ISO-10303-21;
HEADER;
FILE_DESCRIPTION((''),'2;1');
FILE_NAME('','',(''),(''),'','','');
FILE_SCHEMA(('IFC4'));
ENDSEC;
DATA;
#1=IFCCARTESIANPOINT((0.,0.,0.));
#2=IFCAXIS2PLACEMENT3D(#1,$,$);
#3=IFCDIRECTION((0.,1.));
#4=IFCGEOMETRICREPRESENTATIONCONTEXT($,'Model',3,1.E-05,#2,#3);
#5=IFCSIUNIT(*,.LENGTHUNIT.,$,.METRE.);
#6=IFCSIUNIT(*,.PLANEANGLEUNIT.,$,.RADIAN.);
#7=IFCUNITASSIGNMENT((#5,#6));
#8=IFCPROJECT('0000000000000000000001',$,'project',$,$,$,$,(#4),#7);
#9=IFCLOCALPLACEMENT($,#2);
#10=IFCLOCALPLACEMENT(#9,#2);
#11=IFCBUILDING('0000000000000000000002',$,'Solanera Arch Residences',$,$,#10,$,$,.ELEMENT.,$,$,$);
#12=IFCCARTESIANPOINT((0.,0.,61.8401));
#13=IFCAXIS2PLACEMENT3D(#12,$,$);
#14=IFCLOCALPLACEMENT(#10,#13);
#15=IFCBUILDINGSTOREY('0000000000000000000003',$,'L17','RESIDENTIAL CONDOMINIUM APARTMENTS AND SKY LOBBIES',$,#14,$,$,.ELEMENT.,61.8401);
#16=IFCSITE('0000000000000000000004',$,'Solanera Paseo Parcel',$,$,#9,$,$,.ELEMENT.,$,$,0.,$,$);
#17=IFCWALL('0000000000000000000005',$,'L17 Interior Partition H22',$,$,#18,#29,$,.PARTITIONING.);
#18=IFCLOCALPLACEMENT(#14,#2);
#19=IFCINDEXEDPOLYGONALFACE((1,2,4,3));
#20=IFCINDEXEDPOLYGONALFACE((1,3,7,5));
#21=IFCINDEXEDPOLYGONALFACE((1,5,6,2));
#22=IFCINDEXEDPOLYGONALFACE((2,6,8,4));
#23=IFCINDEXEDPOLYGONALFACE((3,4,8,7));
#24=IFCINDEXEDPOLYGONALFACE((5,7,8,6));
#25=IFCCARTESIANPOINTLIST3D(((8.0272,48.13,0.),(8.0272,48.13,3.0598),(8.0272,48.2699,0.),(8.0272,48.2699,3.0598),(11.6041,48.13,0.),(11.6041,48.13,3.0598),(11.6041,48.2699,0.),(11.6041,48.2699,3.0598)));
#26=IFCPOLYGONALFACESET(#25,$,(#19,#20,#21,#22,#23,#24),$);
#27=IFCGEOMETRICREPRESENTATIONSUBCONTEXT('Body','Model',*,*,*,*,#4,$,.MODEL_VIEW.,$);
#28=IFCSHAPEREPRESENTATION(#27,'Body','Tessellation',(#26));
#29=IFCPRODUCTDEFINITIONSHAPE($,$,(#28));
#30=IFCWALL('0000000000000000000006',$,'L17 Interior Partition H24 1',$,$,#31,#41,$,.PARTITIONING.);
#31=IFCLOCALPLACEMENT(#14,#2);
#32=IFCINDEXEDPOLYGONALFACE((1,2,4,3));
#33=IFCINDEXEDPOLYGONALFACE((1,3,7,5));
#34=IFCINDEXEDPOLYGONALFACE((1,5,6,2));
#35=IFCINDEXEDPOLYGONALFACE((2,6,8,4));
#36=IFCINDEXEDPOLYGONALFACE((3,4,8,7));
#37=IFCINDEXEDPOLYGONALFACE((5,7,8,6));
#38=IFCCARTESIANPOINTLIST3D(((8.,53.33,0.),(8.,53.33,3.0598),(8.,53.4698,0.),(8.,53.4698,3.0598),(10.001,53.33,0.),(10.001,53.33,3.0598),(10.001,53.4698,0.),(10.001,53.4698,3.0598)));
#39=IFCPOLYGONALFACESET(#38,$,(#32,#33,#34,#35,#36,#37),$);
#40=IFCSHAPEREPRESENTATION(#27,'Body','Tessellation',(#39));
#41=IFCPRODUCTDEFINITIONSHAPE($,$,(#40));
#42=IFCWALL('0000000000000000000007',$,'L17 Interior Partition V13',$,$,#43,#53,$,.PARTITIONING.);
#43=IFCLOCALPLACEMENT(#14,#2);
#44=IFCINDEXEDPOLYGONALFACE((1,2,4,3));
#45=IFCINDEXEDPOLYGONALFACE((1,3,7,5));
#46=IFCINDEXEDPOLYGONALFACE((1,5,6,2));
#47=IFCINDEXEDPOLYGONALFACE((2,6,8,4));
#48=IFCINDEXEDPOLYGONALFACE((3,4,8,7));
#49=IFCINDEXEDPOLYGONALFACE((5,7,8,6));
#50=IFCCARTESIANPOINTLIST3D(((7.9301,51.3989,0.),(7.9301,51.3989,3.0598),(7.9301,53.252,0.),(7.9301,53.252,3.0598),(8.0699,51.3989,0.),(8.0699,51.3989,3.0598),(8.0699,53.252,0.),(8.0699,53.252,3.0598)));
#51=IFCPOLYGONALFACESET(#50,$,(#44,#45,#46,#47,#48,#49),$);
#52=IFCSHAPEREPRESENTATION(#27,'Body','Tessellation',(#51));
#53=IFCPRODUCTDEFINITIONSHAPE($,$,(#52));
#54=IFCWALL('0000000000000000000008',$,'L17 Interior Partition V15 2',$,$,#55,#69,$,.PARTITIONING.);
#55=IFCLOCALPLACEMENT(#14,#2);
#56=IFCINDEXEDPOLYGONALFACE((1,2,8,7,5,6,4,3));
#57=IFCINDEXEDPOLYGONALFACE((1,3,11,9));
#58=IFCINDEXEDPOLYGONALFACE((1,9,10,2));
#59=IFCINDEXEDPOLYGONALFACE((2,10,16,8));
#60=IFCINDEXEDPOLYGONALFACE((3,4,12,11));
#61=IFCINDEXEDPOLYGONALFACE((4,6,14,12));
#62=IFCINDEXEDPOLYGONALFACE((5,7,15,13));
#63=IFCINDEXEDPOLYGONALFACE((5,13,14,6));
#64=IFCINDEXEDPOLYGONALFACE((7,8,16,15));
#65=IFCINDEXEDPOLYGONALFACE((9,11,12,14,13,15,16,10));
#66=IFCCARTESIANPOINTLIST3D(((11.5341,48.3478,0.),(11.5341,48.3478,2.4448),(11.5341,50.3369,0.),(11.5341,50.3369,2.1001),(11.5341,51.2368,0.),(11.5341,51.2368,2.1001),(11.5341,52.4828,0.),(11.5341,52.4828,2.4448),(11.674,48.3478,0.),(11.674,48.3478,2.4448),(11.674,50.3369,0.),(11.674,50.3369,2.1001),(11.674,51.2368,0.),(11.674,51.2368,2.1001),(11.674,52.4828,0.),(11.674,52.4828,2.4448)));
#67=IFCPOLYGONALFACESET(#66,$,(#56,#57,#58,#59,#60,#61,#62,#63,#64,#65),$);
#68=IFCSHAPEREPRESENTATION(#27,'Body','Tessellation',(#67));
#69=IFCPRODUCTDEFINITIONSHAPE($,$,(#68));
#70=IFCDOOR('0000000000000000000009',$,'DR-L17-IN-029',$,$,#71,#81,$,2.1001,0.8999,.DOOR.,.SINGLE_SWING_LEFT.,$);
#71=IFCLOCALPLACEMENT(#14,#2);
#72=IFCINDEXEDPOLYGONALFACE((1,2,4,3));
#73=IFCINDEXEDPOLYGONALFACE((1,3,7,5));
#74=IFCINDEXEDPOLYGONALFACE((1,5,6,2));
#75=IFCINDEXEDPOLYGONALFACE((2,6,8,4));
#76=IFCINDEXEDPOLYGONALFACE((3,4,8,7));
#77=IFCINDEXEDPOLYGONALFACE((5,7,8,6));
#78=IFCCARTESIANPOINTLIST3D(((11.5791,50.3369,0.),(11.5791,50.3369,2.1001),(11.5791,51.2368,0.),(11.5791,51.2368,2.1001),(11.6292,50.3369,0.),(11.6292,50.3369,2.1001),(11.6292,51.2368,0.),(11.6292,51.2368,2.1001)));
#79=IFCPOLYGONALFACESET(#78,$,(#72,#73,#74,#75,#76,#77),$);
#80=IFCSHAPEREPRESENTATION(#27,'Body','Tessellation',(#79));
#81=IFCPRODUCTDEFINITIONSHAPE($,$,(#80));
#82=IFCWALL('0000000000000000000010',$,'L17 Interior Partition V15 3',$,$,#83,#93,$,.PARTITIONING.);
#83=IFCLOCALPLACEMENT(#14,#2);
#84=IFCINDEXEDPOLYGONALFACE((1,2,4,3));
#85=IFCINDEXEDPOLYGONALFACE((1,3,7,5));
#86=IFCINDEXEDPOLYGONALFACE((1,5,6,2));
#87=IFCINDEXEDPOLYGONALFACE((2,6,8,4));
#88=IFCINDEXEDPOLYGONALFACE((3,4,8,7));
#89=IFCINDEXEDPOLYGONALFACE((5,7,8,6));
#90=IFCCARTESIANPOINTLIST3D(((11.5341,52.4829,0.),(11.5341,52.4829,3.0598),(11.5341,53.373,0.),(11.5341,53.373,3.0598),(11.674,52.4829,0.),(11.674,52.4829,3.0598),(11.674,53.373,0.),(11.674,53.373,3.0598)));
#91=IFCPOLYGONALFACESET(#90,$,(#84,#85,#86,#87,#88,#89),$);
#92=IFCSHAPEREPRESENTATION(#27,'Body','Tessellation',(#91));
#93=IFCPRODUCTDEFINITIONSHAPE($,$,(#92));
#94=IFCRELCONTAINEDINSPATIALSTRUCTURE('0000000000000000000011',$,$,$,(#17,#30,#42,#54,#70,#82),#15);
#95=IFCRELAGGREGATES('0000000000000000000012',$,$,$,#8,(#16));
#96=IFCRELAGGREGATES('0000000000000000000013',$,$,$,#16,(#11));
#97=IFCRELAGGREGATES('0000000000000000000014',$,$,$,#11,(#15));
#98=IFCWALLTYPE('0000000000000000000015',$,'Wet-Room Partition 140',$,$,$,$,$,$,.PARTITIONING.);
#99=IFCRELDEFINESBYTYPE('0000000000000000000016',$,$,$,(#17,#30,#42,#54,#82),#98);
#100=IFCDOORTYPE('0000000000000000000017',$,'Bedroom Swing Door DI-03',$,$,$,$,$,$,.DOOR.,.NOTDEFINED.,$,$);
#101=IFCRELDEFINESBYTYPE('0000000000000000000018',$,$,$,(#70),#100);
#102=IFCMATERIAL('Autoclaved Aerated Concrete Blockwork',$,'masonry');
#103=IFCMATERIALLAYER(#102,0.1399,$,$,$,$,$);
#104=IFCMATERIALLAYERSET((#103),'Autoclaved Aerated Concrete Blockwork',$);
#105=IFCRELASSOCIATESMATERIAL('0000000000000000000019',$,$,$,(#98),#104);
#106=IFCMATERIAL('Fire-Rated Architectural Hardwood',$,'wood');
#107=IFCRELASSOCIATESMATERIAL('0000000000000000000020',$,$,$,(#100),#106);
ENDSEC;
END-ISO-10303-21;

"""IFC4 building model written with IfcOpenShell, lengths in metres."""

from ifc_helpers import new_model, si_unit, direction, frame, frame_2d, origin, place, context, subcontext, project, spatial, rectangle, extrude, material, layer, layer_set, type_object, element, fill, save


model = new_model("IFC4")

# Units and contexts
model_context = context("Model", 3, precision=1e-05, world=origin(), true_north=direction((0.0, 1.0)))
body_context = subcontext(model_context, "Body", "Model", "MODEL_VIEW")
ifc_project = project(units=[si_unit("LENGTHUNIT", "METRE"), si_unit("PLANEANGLEUNIT", "RADIAN")], contexts=[model_context])

# Site, building, storey
site_placement = place(None, origin())
site = spatial("IfcSite", under=ifc_project, at=site_placement, Name="Solanera Paseo Parcel", CompositionType="ELEMENT", RefElevation=0.0)
building_placement = place(site_placement, origin())
building = spatial("IfcBuilding", under=site, at=building_placement, Name="Solanera Arch Residences", CompositionType="ELEMENT")
storey_placement = place(building_placement, frame((0.0, 0.0, 61.8401)))
storey = spatial("IfcBuildingStorey", under=building, at=storey_placement, Name="L17", Description="RESIDENTIAL CONDOMINIUM APARTMENTS AND SKY LOBBIES", CompositionType="ELEMENT", Elevation=61.8401)

# Walls
ifc_material_1 = material(Name="Autoclaved Aerated Concrete Blockwork", Category="masonry")
ifc_layer_1 = layer(ifc_material_1, 0.1399)
ifc_layer_set_1 = layer_set([ifc_layer_1], Name="Autoclaved Aerated Concrete Blockwork")
wall_type_1 = type_object("IfcWallType", Name="Wet-Room Partition 140", PredefinedType="PARTITIONING", material=ifc_layer_set_1)
wall_1_placement = place(storey_placement, frame((8.0271, 48.2, 0.0), z_axis=(0.0, 0.0, 1.0), x_axis=(1.0, 0.0, 0.0)))
element("IfcWall", 1, at=wall_1_placement, inside=storey, type_object=wall_type_1, Name="L17 Interior Partition H22", PredefinedType="PARTITIONING", context=body_context, shape_type="SweptSolid", body=[
    extrude(rectangle(XDim=3.5769, YDim=0.1399, at=frame_2d((1.7886, 0.0))), origin(), (0.0, 0.0, 1.0), 3.0598),
])
wall_2_placement = place(storey_placement, frame((8.0, 53.3999, 0.0), z_axis=(0.0, 0.0, 1.0), x_axis=(1.0, 0.0, 0.0)))
element("IfcWall", 2, at=wall_2_placement, inside=storey, type_object=wall_type_1, Name="L17 Interior Partition H24 1", PredefinedType="PARTITIONING", context=body_context, shape_type="SweptSolid", body=[
    extrude(rectangle(XDim=2.001, YDim=0.1399, at=frame_2d((1.0005, 0.0))), origin(), (0.0, 0.0, 1.0), 3.0598),
])
wall_3_placement = place(storey_placement, frame((8.0, 51.3989, 0.0), z_axis=(0.0, 0.0, 1.0), x_axis=(0.0, 1.0, 0.0)))
element("IfcWall", 3, at=wall_3_placement, inside=storey, type_object=wall_type_1, Name="L17 Interior Partition V13", PredefinedType="PARTITIONING", context=body_context, shape_type="SweptSolid", body=[
    extrude(rectangle(XDim=1.853, YDim=0.1399, at=frame_2d((0.9265, 0.0))), origin(), (0.0, 0.0, 1.0), 3.0598),
])

# Wall, opening, door
wall_4_placement = place(storey_placement, frame((11.604, 48.3479, 0.0), z_axis=(0.0, 0.0, 1.0), x_axis=(0.0, 1.0, 0.0)))
wall_4 = element("IfcWall", 4, at=wall_4_placement, inside=storey, type_object=wall_type_1, Name="L17 Interior Partition V15 2", PredefinedType="PARTITIONING", context=body_context, shape_type="SweptSolid", body=[
    extrude(rectangle(XDim=4.135, YDim=0.1399, at=frame_2d((2.0674, 0.0))), origin(), (0.0, 0.0, 1.0), 2.4448),
])
opening_1_placement = place(wall_4_placement, frame((1.989, 0.0, 0.0)))
opening_1 = element("IfcOpeningElement", 5, at=opening_1_placement, cuts=wall_4, PredefinedType="OPENING", context=body_context, shape_type="SweptSolid", body=[
    extrude(rectangle(XDim=0.8999, YDim=2.1001, at=frame_2d((0.45, 1.05))), frame((0.0, 0.0798, 0.0), z_axis=(0.0, -1.0, 0.0), x_axis=(1.0, 0.0, 0.0)), (0.0, 0.0, 1.0), 0.1599),
])
ifc_material_2 = material(Name="Fire-Rated Architectural Hardwood", Category="wood")
door_type_1 = type_object("IfcDoorType", Name="Bedroom Swing Door DI-03", OperationType="NOTDEFINED", PredefinedType="DOOR", material=ifc_material_2)
door_1_placement = place(opening_1_placement, origin())
door_1 = element("IfcDoor", 6, at=door_1_placement, inside=storey, type_object=door_type_1, Name="DR-L17-IN-029", OperationType="SINGLE_SWING_LEFT", OverallHeight=2.1001, OverallWidth=0.8999, PredefinedType="DOOR", context=body_context, shape_type="SweptSolid", body=[
    extrude(rectangle(XDim=0.8999, YDim=2.1001, at=frame_2d((0.45, 1.05))), frame((0.0, 0.0249, 0.0), z_axis=(0.0, -1.0, 0.0), x_axis=(1.0, 0.0, 0.0)), (0.0, 0.0, 1.0), 0.05),
])
fill(opening_1, door_1)

# Wall
wall_5_placement = place(storey_placement, frame((11.604, 52.4829, 0.0), z_axis=(0.0, 0.0, 1.0), x_axis=(0.0, 1.0, 0.0)))
element("IfcWall", 7, at=wall_5_placement, inside=storey, type_object=wall_type_1, Name="L17 Interior Partition V15 3", PredefinedType="PARTITIONING", context=body_context, shape_type="SweptSolid", body=[
    extrude(rectangle(XDim=0.8901, YDim=0.1399, at=frame_2d((0.4451, 0.0))), origin(), (0.0, 0.0, 1.0), 3.0598),
])

save(model, "model.ifc")
